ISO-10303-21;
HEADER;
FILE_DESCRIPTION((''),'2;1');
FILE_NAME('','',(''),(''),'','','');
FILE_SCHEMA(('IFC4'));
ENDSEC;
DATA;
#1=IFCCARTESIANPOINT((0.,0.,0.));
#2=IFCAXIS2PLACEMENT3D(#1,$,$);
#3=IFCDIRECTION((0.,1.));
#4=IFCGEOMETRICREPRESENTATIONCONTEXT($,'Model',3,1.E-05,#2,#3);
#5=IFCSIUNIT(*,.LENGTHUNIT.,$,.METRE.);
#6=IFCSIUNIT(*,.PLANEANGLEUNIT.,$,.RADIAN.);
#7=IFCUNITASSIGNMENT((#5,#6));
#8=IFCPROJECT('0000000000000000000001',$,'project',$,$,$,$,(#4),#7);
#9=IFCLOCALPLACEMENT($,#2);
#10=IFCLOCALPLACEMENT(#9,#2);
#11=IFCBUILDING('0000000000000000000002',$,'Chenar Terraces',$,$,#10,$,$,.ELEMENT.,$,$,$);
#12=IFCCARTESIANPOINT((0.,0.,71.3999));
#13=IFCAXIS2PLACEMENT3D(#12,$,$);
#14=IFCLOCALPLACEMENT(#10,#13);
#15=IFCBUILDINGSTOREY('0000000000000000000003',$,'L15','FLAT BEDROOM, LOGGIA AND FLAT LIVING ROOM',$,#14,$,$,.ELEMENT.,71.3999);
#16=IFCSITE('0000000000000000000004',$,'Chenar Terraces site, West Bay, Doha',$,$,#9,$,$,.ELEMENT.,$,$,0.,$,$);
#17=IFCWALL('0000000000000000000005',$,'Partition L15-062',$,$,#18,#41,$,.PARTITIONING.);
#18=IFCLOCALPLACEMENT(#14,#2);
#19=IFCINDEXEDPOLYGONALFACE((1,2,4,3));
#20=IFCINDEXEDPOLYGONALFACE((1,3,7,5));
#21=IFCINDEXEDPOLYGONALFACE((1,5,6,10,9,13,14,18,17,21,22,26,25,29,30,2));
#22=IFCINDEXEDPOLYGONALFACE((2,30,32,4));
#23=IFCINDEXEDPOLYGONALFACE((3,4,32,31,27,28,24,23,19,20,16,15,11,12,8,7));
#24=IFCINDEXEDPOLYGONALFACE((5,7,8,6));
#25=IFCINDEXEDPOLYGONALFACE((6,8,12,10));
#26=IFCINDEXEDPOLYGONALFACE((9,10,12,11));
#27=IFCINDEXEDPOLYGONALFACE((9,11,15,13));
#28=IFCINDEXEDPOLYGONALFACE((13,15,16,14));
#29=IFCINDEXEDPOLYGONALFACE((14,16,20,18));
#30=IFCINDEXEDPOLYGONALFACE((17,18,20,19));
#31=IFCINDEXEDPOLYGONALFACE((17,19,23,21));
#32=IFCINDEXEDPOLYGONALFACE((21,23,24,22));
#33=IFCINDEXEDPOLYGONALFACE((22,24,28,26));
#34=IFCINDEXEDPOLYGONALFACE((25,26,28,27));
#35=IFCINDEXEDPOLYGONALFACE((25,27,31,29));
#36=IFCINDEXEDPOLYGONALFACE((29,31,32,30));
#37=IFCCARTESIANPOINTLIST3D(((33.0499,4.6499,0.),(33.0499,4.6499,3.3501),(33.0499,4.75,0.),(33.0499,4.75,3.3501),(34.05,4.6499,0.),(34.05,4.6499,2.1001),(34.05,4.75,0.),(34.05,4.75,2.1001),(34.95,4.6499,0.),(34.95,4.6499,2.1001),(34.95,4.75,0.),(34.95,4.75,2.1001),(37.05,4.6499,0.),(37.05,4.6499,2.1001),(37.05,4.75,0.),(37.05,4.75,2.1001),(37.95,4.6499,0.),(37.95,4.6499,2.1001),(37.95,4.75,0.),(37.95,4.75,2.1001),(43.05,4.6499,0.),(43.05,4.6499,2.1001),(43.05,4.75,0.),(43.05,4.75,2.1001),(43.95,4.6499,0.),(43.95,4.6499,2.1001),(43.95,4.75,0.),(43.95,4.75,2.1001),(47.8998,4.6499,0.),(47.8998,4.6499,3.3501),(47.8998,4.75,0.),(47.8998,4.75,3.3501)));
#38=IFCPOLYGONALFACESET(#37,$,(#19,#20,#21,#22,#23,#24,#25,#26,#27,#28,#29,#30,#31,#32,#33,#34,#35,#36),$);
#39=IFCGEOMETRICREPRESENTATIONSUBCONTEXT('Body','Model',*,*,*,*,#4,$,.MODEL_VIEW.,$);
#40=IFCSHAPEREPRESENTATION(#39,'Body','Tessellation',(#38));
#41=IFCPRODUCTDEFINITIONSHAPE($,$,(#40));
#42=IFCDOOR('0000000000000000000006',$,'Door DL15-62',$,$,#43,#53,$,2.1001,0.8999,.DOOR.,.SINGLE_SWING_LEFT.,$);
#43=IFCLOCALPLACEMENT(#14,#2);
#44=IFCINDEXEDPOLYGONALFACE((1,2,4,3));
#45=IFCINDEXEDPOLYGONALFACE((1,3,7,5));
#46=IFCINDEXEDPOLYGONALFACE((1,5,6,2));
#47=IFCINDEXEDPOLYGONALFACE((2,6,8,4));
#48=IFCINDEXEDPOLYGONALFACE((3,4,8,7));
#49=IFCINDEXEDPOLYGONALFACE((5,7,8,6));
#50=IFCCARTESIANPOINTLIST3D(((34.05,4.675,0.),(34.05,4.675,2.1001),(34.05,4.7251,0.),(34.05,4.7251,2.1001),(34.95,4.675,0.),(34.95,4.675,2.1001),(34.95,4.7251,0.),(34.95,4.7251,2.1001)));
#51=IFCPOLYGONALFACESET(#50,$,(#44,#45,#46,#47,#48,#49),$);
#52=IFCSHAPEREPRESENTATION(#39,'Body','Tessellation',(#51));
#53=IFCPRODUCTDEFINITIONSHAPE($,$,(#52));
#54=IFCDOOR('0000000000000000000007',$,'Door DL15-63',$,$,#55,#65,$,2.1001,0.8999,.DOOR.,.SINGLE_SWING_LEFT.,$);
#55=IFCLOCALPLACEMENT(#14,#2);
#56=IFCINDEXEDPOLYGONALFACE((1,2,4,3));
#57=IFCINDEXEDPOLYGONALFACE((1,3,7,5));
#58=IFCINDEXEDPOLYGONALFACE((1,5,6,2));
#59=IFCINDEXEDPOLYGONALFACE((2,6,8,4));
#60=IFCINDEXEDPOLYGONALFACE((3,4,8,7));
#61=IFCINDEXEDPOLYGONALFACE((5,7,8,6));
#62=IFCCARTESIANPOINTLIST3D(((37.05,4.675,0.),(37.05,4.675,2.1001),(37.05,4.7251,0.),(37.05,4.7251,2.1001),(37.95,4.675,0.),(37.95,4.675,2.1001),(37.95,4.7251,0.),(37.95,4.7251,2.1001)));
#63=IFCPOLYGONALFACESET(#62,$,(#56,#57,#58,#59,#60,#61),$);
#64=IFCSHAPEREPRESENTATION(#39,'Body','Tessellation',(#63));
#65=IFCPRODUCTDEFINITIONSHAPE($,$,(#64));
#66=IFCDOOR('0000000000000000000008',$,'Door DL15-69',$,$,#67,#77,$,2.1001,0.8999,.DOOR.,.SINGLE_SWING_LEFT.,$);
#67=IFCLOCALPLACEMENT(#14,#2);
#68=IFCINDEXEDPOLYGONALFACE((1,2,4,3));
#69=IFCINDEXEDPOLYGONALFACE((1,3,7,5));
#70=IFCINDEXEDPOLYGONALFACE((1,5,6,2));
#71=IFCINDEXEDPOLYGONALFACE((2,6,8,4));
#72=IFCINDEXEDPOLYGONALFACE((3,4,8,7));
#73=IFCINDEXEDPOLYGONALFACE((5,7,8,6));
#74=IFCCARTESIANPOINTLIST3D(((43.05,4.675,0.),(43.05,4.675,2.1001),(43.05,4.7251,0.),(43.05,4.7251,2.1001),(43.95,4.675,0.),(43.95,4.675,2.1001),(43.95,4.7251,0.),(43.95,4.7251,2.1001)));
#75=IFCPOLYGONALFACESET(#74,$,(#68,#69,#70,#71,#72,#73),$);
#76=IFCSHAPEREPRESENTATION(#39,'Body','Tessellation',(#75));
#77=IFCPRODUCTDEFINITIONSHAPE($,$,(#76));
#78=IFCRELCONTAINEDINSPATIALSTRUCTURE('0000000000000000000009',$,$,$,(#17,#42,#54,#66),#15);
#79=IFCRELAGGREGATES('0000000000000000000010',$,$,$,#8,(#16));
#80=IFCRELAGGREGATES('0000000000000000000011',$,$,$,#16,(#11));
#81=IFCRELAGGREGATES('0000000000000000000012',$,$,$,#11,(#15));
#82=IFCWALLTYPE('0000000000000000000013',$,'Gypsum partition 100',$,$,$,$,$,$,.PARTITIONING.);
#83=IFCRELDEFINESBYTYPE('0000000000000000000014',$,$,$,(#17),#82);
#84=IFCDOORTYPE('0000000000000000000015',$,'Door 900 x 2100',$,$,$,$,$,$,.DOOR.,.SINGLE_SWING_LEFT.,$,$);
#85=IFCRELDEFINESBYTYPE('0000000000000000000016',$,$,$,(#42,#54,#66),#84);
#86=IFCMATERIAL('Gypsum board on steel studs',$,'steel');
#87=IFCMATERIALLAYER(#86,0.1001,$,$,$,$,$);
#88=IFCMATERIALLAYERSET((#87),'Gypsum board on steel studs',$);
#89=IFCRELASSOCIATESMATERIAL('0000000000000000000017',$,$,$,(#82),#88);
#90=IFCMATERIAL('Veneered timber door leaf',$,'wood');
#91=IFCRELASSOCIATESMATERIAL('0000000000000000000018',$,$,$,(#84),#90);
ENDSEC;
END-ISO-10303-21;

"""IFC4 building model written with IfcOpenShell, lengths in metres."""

from ifc_helpers import new_model, si_unit, direction, frame, frame_2d, origin, place, context, subcontext, project, spatial, rectangle, extrude, material, layer, layer_set, type_object, element, fill, save


model = new_model("IFC4")

# Units and contexts
model_context = context("Model", 3, precision=1e-05, world=origin(), true_north=direction((0.0, 1.0)))
body_context = subcontext(model_context, "Body", "Model", "MODEL_VIEW")
ifc_project = project(units=[si_unit("LENGTHUNIT", "METRE"), si_unit("PLANEANGLEUNIT", "RADIAN")], contexts=[model_context])

# Site, building, storey
site_placement = place(None, origin())
site = spatial("IfcSite", under=ifc_project, at=site_placement, Name="Chenar Terraces site, West Bay, Doha", CompositionType="ELEMENT", RefElevation=0.0)
building_placement = place(site_placement, origin())
building = spatial("IfcBuilding", under=site, at=building_placement, Name="Chenar Terraces", CompositionType="ELEMENT")
storey_placement = place(building_placement, frame((0.0, 0.0, 71.3999)))
storey = spatial("IfcBuildingStorey", under=building, at=storey_placement, Name="L15", Description="FLAT BEDROOM, LOGGIA AND FLAT LIVING ROOM", CompositionType="ELEMENT", Elevation=71.3999)

# Wall, openings, doors
ifc_material_1 = material(Name="Gypsum board on steel studs", Category="steel")
ifc_layer_1 = layer(ifc_material_1, 0.1001)
ifc_layer_set_1 = layer_set([ifc_layer_1], Name="Gypsum board on steel studs")
wall_type_1 = type_object("IfcWallType", Name="Gypsum partition 100", PredefinedType="PARTITIONING", material=ifc_layer_set_1)
wall_1_placement = place(storey_placement, frame((33.05, 4.7, 0.0), z_axis=(0.0, 0.0, 1.0), x_axis=(1.0, 0.0, 0.0)))
wall_1 = element("IfcWall", 1, at=wall_1_placement, inside=storey, type_object=wall_type_1, Name="Partition L15-062", PredefinedType="PARTITIONING", context=body_context, shape_type="SweptSolid", body=[
    extrude(rectangle(XDim=14.8499, YDim=0.1001, at=frame_2d((7.4248, 0.0))), origin(), (0.0, 0.0, 1.0), 3.3501),
])
opening_1_placement = place(wall_1_placement, frame((1.0, 0.0, 0.0)))
opening_1 = element("IfcOpeningElement", 2, at=opening_1_placement, cuts=wall_1, PredefinedType="OPENING", context=body_context, shape_type="SweptSolid", body=[
    extrude(rectangle(XDim=0.8999, YDim=2.1001, at=frame_2d((0.45, 1.05))), frame((0.0, 0.0601, 0.0), z_axis=(0.0, -1.0, 0.0), x_axis=(1.0, 0.0, 0.0)), (0.0, 0.0, 1.0), 0.1201),
])
opening_2_placement = place(wall_1_placement, frame((4.0, 0.0, 0.0)))
opening_2 = element("IfcOpeningElement", 3, at=opening_2_placement, cuts=wall_1, PredefinedType="OPENING", context=body_context, shape_type="SweptSolid", body=[
    extrude(rectangle(XDim=0.8999, YDim=2.1001, at=frame_2d((0.45, 1.05))), frame((0.0, 0.0601, 0.0), z_axis=(0.0, -1.0, 0.0), x_axis=(1.0, 0.0, 0.0)), (0.0, 0.0, 1.0), 0.1201),
])
opening_3_placement = place(wall_1_placement, frame((10.0, 0.0, 0.0)))
opening_3 = element("IfcOpeningElement", 4, at=opening_3_placement, cuts=wall_1, PredefinedType="OPENING", context=body_context, shape_type="SweptSolid", body=[
    extrude(rectangle(XDim=0.8999, YDim=2.1001, at=frame_2d((0.45, 1.05))), frame((0.0, 0.0601, 0.0), z_axis=(0.0, -1.0, 0.0), x_axis=(1.0, 0.0, 0.0)), (0.0, 0.0, 1.0), 0.1201),
])
ifc_material_2 = material(Name="Veneered timber door leaf", Category="wood")
door_type_1 = type_object("IfcDoorType", Name="Door 900 x 2100", OperationType="SINGLE_SWING_LEFT", PredefinedType="DOOR", material=ifc_material_2)
door_1_placement = place(opening_1_placement, frame((0.8999, 0.0, 0.0), z_axis=(0.0, 0.0, 1.0), x_axis=(-1.0, 0.0, 0.0)))
door_1 = element("IfcDoor", 5, at=door_1_placement, inside=storey, type_object=door_type_1, Name="Door DL15-62", OperationType="SINGLE_SWING_LEFT", OverallHeight=2.1001, OverallWidth=0.8999, PredefinedType="DOOR", context=body_context, shape_type="SweptSolid", body=[
    extrude(rectangle(XDim=0.8999, YDim=2.1001, at=frame_2d((0.45, 1.05))), frame((0.0, 0.0249, 0.0), z_axis=(0.0, -1.0, 0.0), x_axis=(1.0, 0.0, 0.0)), (0.0, 0.0, 1.0), 0.05),
])
fill(opening_1, door_1)
door_2_placement = place(opening_2_placement, frame((0.8999, 0.0, 0.0), z_axis=(0.0, 0.0, 1.0), x_axis=(-1.0, 0.0, 0.0)))
door_2 = element("IfcDoor", 6, at=door_2_placement, inside=storey, type_object=door_type_1, Name="Door DL15-63", OperationType="SINGLE_SWING_LEFT", OverallHeight=2.1001, OverallWidth=0.8999, PredefinedType="DOOR", context=body_context, shape_type="SweptSolid", body=[
    extrude(rectangle(XDim=0.8999, YDim=2.1001, at=frame_2d((0.45, 1.05))), frame((0.0, 0.0249, 0.0), z_axis=(0.0, -1.0, 0.0), x_axis=(1.0, 0.0, 0.0)), (0.0, 0.0, 1.0), 0.05),
])
fill(opening_2, door_2)
door_3_placement = place(opening_3_placement, frame((0.8999, 0.0, 0.0), z_axis=(0.0, 0.0, 1.0), x_axis=(-1.0, 0.0, 0.0)))
door_3 = element("IfcDoor", 7, at=door_3_placement, inside=storey, type_object=door_type_1, Name="Door DL15-69", OperationType="SINGLE_SWING_LEFT", OverallHeight=2.1001, OverallWidth=0.8999, PredefinedType="DOOR", context=body_context, shape_type="SweptSolid", body=[
    extrude(rectangle(XDim=0.8999, YDim=2.1001, at=frame_2d((0.45, 1.05))), frame((0.0, 0.0249, 0.0), z_axis=(0.0, -1.0, 0.0), x_axis=(1.0, 0.0, 0.0)), (0.0, 0.0, 1.0), 0.05),
])
fill(opening_3, door_3)

save(model, "model.ifc")
